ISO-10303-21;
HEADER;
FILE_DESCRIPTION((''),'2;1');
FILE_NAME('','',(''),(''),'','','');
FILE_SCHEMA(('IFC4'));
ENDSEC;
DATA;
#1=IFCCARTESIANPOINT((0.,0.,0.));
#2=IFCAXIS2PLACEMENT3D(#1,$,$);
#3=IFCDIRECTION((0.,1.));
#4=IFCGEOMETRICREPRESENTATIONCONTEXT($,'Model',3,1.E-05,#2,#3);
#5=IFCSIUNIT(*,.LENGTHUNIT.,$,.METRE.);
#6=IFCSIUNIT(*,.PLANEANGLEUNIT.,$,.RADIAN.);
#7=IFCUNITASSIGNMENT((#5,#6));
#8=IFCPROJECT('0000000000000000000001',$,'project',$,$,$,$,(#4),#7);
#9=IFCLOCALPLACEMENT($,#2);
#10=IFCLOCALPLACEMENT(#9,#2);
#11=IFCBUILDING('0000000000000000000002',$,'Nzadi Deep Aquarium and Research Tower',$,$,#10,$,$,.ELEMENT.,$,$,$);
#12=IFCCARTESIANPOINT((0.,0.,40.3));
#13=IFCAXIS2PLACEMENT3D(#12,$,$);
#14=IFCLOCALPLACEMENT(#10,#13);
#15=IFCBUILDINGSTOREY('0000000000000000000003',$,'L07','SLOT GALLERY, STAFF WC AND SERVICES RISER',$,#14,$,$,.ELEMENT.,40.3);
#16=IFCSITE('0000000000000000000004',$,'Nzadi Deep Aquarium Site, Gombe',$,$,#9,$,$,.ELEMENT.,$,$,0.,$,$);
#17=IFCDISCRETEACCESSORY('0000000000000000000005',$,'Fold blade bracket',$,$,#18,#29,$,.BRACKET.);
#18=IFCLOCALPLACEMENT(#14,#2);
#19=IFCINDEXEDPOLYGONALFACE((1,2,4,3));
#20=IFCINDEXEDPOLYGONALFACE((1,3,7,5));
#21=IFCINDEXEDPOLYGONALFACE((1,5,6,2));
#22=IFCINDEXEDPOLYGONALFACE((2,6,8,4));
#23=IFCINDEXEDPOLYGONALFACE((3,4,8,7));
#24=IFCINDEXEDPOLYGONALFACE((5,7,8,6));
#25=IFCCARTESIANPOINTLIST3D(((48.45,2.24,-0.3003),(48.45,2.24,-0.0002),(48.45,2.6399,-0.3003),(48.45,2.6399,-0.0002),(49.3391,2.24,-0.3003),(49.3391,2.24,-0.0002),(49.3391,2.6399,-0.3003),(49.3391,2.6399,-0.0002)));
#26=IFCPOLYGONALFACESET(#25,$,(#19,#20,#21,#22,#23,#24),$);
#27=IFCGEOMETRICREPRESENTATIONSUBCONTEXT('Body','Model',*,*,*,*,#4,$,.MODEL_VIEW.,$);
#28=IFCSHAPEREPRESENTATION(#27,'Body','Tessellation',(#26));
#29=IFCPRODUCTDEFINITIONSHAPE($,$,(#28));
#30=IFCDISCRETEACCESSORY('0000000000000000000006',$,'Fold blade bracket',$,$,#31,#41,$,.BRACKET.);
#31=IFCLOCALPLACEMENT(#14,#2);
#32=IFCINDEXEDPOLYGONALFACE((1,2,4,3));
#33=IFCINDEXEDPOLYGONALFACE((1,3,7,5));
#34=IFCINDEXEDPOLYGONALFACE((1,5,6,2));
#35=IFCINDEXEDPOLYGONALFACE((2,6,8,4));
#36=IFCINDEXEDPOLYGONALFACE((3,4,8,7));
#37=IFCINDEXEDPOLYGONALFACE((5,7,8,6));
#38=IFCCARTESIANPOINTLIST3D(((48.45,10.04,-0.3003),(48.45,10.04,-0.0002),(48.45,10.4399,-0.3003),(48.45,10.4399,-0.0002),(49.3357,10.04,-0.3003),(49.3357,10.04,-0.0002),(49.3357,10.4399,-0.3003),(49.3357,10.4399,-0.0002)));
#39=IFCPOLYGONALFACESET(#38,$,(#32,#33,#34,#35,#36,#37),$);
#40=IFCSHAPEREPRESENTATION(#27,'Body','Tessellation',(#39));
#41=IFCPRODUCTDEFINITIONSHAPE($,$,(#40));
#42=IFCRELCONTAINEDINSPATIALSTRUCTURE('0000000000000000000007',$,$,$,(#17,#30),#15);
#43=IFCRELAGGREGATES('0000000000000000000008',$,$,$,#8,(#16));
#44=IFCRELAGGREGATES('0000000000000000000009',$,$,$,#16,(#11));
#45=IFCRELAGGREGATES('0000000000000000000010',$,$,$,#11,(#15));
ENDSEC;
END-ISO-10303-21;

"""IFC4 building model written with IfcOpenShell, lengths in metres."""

from ifc_helpers import new_model, si_unit, direction, frame, origin, origin_2d, place, context, subcontext, project, spatial, rectangle, extrude, element, save


model = new_model("IFC4")

# Units and contexts
model_context = context("Model", 3, precision=1e-05, world=origin(), true_north=direction((0.0, 1.0)))
body_context = subcontext(model_context, "Body", "Model", "MODEL_VIEW")
ifc_project = project(units=[si_unit("LENGTHUNIT", "METRE"), si_unit("PLANEANGLEUNIT", "RADIAN")], contexts=[model_context])

# Site, building, storey
site_placement = place(None, origin())
site = spatial("IfcSite", under=ifc_project, at=site_placement, Name="Nzadi Deep Aquarium Site, Gombe", CompositionType="ELEMENT", RefElevation=0.0)
building_placement = place(site_placement, origin())
building = spatial("IfcBuilding", under=site, at=building_placement, Name="Nzadi Deep Aquarium and Research Tower", CompositionType="ELEMENT")
storey_placement = place(building_placement, frame((0.0, 0.0, 40.3)))
storey = spatial("IfcBuildingStorey", under=building, at=storey_placement, Name="L07", Description="SLOT GALLERY, STAFF WC AND SERVICES RISER", CompositionType="ELEMENT", Elevation=40.3)

# Discrete accessories
discrete_accessory_1_placement = place(storey_placement, frame((48.8945, 2.4399, -0.3003), z_axis=(0.0, 0.0, 1.0), x_axis=(1.0, 0.0, 0.0)))
element("IfcDiscreteAccessory", 1, at=discrete_accessory_1_placement, inside=storey, Name="Fold blade bracket", PredefinedType="BRACKET", context=body_context, shape_type="SweptSolid", body=[
    extrude(rectangle(XDim=0.8892, YDim=0.3999, at=origin_2d()), origin(), (0.0, 0.0, 1.0), 0.3),
])
discrete_accessory_2_placement = place(storey_placement, frame((48.8928, 10.24, -0.3003), z_axis=(0.0, 0.0, 1.0), x_axis=(1.0, 0.0, 0.0)))
element("IfcDiscreteAccessory", 2, at=discrete_accessory_2_placement, inside=storey, Name="Fold blade bracket", PredefinedType="BRACKET", context=body_context, shape_type="SweptSolid", body=[
    extrude(rectangle(XDim=0.8857, YDim=0.3999, at=origin_2d()), origin(), (0.0, 0.0, 1.0), 0.3),
])

save(model, "model.ifc")
